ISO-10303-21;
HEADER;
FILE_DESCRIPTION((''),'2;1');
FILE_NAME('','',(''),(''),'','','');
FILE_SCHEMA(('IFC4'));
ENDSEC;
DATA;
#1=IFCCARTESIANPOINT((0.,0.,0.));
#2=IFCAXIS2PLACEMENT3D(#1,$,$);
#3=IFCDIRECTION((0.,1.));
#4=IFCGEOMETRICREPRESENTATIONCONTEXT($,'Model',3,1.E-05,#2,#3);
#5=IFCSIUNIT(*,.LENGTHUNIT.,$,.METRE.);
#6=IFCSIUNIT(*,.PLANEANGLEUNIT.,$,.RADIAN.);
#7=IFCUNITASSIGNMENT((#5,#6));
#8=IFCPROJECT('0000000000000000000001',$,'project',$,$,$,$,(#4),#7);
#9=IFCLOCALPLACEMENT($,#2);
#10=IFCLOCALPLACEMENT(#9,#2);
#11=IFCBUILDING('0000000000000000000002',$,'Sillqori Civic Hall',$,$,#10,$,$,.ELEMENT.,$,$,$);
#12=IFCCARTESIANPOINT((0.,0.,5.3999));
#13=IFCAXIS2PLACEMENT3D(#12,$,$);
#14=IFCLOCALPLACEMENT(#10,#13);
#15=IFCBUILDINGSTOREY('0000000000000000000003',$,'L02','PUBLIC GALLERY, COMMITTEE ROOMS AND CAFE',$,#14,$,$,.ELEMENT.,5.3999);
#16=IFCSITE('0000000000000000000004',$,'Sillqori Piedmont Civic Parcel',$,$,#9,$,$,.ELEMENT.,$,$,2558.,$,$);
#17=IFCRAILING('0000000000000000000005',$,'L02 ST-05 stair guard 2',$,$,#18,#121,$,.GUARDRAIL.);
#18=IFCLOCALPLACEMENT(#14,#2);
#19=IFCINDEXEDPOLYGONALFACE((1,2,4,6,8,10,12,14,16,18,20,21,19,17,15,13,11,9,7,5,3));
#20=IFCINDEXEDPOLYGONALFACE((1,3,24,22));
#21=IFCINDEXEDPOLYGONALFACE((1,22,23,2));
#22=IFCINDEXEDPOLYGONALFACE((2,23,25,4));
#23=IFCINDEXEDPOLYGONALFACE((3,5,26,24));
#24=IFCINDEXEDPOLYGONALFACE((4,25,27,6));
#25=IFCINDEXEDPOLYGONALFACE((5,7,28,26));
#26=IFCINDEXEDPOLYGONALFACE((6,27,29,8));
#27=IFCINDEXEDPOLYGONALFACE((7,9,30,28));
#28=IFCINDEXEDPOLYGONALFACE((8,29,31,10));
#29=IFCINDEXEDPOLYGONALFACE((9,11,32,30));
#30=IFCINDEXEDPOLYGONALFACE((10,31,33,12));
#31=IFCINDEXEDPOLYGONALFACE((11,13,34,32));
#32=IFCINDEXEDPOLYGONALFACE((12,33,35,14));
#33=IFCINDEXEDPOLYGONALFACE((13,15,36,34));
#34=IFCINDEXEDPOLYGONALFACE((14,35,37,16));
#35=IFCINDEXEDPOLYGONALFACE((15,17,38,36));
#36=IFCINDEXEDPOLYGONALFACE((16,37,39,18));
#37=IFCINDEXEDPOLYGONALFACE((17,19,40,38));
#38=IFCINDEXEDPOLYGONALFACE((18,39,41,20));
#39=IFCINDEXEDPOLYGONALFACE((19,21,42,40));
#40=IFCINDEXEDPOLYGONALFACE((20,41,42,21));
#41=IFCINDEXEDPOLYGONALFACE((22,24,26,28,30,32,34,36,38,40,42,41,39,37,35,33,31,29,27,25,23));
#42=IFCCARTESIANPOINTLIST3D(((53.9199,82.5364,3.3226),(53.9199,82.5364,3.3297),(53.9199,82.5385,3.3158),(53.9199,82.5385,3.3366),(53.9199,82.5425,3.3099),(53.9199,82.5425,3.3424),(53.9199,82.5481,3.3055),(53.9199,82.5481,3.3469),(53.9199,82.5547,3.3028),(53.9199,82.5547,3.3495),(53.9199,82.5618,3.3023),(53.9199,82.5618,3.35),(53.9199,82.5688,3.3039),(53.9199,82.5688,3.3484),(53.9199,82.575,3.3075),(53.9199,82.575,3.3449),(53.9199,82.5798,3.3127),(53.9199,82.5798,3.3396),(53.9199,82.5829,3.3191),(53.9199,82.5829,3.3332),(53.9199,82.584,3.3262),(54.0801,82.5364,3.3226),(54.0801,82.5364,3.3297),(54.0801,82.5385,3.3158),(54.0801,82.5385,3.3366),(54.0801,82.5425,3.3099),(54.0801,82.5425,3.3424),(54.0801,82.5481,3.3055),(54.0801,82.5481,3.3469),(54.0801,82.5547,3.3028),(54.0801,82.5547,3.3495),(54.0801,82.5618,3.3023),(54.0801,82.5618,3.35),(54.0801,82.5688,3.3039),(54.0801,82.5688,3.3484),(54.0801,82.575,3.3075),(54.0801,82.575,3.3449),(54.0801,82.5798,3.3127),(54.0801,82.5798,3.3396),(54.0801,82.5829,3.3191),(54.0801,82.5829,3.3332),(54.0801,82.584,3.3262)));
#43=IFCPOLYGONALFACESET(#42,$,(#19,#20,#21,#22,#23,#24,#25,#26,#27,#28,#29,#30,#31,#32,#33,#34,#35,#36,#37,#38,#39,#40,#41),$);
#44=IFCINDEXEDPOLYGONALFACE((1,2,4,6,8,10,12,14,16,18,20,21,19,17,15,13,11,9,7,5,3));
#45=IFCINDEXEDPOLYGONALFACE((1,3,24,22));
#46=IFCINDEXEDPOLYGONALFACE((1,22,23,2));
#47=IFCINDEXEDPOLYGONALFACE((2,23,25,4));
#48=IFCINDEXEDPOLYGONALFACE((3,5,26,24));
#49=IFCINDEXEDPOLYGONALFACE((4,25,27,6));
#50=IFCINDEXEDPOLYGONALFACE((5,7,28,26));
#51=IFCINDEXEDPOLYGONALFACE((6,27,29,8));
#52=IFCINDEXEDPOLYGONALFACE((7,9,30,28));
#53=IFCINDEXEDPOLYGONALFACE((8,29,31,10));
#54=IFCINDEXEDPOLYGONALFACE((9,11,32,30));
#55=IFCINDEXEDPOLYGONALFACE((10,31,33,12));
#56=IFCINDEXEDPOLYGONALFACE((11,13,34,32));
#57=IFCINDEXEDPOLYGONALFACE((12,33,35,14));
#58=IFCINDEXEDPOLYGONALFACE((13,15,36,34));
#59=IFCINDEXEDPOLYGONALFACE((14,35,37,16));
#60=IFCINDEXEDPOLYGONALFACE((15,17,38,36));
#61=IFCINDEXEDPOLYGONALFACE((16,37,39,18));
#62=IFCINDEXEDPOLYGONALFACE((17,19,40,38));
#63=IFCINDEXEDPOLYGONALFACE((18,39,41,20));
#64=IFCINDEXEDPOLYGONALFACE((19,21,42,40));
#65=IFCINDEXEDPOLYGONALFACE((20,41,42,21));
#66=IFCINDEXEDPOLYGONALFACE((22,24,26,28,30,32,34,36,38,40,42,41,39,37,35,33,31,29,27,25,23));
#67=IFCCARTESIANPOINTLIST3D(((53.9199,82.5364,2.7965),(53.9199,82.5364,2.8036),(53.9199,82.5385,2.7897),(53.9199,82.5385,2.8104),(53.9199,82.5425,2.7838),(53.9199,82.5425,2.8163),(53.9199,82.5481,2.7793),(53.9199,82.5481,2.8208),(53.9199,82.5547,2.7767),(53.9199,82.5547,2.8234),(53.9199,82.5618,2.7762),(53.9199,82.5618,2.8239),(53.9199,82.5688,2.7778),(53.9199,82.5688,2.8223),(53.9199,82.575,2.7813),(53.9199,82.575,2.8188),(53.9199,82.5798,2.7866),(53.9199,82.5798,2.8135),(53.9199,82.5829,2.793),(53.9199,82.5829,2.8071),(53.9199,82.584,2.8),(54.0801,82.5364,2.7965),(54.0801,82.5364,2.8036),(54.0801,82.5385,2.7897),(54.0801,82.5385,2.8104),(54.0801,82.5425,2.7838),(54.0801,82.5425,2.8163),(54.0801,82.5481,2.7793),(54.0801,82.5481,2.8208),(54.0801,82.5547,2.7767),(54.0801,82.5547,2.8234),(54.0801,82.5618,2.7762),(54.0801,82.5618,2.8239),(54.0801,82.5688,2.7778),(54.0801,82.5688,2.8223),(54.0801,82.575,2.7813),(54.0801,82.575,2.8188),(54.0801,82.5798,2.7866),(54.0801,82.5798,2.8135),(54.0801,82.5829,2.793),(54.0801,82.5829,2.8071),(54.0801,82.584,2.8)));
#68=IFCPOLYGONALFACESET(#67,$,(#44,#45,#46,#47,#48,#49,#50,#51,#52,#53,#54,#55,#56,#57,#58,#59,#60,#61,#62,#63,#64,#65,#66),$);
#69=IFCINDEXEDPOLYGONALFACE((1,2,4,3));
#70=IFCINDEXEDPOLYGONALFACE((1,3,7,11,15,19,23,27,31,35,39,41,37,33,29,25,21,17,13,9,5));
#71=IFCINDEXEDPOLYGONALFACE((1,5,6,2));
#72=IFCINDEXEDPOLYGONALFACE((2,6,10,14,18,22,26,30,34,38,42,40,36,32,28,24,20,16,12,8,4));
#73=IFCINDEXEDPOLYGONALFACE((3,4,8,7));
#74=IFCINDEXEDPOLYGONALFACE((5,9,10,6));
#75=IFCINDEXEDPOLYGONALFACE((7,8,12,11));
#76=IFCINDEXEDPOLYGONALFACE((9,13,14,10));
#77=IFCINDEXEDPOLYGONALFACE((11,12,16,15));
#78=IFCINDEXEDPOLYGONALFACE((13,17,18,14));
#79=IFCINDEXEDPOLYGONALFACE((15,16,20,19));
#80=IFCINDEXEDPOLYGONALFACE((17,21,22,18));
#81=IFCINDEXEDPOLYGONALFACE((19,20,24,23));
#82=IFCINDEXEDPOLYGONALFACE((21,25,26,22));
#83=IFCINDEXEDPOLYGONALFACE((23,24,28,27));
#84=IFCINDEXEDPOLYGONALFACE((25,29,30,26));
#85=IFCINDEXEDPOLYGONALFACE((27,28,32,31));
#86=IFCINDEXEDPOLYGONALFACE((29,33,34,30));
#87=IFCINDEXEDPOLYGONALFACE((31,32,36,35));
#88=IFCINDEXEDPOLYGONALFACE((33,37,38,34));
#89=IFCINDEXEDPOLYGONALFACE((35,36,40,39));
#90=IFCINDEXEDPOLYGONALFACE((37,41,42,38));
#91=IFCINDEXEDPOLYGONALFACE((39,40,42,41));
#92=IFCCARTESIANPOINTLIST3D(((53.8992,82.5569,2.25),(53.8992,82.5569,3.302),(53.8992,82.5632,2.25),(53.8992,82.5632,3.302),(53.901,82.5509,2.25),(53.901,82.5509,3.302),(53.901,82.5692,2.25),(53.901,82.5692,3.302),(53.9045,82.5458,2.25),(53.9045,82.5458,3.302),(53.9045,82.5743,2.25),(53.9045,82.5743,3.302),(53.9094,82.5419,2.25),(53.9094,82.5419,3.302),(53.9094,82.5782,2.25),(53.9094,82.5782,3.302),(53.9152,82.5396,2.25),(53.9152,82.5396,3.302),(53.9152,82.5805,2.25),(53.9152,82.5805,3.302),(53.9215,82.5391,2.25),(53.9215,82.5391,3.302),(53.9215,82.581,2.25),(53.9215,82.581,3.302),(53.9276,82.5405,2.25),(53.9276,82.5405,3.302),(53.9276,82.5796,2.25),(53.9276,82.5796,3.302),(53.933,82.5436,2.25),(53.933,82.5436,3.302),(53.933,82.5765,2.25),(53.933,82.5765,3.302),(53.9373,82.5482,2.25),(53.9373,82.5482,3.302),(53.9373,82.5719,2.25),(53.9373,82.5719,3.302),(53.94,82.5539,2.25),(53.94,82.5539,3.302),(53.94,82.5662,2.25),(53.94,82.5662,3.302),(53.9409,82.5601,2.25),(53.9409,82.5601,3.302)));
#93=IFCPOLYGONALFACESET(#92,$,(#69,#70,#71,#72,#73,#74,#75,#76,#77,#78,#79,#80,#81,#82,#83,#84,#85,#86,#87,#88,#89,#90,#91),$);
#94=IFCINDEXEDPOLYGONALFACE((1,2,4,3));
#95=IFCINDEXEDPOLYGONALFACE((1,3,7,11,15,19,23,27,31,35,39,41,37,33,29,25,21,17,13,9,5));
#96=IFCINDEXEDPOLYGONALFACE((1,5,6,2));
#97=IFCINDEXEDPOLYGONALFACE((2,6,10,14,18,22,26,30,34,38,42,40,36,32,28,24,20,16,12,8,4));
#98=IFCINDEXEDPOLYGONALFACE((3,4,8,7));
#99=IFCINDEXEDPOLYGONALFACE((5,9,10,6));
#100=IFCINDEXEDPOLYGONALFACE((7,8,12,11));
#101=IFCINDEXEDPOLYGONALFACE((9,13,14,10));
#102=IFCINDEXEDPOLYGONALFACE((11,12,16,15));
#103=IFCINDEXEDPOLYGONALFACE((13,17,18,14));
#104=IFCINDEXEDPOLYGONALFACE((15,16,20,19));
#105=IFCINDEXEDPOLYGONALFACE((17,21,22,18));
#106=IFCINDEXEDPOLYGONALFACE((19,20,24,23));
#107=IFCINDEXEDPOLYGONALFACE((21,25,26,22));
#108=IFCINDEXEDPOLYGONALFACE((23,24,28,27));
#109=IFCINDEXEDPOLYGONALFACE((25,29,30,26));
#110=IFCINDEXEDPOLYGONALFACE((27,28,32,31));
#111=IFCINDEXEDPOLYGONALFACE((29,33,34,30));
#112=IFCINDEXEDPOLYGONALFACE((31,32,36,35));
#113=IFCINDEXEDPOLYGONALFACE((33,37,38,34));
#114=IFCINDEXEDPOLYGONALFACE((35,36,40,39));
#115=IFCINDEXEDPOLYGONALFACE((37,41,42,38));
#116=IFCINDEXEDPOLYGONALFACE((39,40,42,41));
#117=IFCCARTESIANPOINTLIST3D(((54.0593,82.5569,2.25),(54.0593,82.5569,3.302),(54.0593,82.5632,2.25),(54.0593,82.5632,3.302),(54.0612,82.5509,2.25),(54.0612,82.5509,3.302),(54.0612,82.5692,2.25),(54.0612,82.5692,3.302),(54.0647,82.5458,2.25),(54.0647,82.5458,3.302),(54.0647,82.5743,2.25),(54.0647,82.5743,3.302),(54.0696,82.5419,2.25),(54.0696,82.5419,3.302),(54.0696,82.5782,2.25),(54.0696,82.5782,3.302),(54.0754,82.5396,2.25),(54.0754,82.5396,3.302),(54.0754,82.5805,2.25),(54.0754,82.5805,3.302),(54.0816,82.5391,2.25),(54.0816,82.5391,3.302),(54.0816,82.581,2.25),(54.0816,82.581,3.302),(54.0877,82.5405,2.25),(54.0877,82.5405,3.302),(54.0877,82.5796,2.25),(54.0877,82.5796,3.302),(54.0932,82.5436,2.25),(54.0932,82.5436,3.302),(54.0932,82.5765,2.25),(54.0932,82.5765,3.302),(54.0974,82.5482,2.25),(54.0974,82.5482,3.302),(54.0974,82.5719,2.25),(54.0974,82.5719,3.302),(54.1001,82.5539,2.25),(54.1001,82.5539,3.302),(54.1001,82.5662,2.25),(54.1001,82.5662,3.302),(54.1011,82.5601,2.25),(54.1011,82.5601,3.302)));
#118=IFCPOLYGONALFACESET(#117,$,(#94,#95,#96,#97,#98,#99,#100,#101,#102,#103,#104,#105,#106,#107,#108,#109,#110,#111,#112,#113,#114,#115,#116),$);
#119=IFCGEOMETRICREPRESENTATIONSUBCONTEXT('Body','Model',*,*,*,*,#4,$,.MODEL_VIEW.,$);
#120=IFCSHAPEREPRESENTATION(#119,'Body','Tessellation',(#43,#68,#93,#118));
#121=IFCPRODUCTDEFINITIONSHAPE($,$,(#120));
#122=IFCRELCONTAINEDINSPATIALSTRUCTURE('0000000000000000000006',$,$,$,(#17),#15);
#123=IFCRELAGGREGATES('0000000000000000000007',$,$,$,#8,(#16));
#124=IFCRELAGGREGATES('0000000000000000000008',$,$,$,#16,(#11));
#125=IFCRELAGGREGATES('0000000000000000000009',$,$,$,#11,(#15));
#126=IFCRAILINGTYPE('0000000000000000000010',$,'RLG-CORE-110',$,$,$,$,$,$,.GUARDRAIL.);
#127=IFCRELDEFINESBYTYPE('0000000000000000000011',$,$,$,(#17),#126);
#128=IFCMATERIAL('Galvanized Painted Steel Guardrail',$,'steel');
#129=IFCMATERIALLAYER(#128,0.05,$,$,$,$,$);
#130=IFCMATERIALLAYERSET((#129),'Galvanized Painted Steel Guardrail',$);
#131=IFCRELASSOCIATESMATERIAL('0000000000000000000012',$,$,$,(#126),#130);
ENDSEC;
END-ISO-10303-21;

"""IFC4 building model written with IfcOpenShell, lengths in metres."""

from ifc_helpers import new_model, si_unit, direction, frame, origin, origin_2d, place, context, subcontext, project, spatial, circle, extrude, material, layer, layer_set, type_object, element, save


model = new_model("IFC4")

# Units and contexts
model_context = context("Model", 3, precision=1e-05, world=origin(), true_north=direction((0.0, 1.0)))
body_context = subcontext(model_context, "Body", "Model", "MODEL_VIEW")
ifc_project = project(units=[si_unit("LENGTHUNIT", "METRE"), si_unit("PLANEANGLEUNIT", "RADIAN")], contexts=[model_context])

# Site, building, storey
site_placement = place(None, origin())
site = spatial("IfcSite", under=ifc_project, at=site_placement, Name="Sillqori Piedmont Civic Parcel", CompositionType="ELEMENT", RefElevation=2558.0)
building_placement = place(site_placement, origin())
building = spatial("IfcBuilding", under=site, at=building_placement, Name="Sillqori Civic Hall", CompositionType="ELEMENT")
storey_placement = place(building_placement, frame((0.0, 0.0, 5.3999)))
storey = spatial("IfcBuildingStorey", under=building, at=storey_placement, Name="L02", Description="PUBLIC GALLERY, COMMITTEE ROOMS AND CAFE", CompositionType="ELEMENT", Elevation=5.3999)

# Railing
ifc_material_1 = material(Name="Galvanized Painted Steel Guardrail", Category="steel")
ifc_layer_1 = layer(ifc_material_1, 0.05)
ifc_layer_set_1 = layer_set([ifc_layer_1], Name="Galvanized Painted Steel Guardrail")
railing_type_1 = type_object("IfcRailingType", Name="RLG-CORE-110", PredefinedType="GUARDRAIL", material=ifc_layer_set_1)
railing_1_placement = place(storey_placement, frame((53.9199, 82.5601, 2.25)))
element("IfcRailing", 1, at=railing_1_placement, inside=storey, type_object=railing_type_1, Name="L02 ST-05 stair guard 2", PredefinedType="GUARDRAIL", context=body_context, shape_type="SweptSolid", body=[
    extrude(circle(Radius=0.0239, at=origin_2d()), frame((0.0, 0.0, 1.0762), z_axis=(1.0, 0.0, 0.0), x_axis=(0.0, 1.0, 0.0)), (0.0, 0.0, 1.0), 0.1602),
    extrude(circle(Radius=0.0239, at=origin_2d()), frame((0.0, 0.0, 0.55), z_axis=(1.0, 0.0, 0.0), x_axis=(0.0, 1.0, 0.0)), (0.0, 0.0, 1.0), 0.1602),
    extrude(circle(Radius=0.021, at=origin_2d()), origin(), (0.0, 0.0, 1.0), 1.052),
    extrude(circle(Radius=0.021, at=origin_2d()), frame((0.1602, 0.0, 0.0)), (0.0, 0.0, 1.0), 1.052),
])

save(model, "model.ifc")
